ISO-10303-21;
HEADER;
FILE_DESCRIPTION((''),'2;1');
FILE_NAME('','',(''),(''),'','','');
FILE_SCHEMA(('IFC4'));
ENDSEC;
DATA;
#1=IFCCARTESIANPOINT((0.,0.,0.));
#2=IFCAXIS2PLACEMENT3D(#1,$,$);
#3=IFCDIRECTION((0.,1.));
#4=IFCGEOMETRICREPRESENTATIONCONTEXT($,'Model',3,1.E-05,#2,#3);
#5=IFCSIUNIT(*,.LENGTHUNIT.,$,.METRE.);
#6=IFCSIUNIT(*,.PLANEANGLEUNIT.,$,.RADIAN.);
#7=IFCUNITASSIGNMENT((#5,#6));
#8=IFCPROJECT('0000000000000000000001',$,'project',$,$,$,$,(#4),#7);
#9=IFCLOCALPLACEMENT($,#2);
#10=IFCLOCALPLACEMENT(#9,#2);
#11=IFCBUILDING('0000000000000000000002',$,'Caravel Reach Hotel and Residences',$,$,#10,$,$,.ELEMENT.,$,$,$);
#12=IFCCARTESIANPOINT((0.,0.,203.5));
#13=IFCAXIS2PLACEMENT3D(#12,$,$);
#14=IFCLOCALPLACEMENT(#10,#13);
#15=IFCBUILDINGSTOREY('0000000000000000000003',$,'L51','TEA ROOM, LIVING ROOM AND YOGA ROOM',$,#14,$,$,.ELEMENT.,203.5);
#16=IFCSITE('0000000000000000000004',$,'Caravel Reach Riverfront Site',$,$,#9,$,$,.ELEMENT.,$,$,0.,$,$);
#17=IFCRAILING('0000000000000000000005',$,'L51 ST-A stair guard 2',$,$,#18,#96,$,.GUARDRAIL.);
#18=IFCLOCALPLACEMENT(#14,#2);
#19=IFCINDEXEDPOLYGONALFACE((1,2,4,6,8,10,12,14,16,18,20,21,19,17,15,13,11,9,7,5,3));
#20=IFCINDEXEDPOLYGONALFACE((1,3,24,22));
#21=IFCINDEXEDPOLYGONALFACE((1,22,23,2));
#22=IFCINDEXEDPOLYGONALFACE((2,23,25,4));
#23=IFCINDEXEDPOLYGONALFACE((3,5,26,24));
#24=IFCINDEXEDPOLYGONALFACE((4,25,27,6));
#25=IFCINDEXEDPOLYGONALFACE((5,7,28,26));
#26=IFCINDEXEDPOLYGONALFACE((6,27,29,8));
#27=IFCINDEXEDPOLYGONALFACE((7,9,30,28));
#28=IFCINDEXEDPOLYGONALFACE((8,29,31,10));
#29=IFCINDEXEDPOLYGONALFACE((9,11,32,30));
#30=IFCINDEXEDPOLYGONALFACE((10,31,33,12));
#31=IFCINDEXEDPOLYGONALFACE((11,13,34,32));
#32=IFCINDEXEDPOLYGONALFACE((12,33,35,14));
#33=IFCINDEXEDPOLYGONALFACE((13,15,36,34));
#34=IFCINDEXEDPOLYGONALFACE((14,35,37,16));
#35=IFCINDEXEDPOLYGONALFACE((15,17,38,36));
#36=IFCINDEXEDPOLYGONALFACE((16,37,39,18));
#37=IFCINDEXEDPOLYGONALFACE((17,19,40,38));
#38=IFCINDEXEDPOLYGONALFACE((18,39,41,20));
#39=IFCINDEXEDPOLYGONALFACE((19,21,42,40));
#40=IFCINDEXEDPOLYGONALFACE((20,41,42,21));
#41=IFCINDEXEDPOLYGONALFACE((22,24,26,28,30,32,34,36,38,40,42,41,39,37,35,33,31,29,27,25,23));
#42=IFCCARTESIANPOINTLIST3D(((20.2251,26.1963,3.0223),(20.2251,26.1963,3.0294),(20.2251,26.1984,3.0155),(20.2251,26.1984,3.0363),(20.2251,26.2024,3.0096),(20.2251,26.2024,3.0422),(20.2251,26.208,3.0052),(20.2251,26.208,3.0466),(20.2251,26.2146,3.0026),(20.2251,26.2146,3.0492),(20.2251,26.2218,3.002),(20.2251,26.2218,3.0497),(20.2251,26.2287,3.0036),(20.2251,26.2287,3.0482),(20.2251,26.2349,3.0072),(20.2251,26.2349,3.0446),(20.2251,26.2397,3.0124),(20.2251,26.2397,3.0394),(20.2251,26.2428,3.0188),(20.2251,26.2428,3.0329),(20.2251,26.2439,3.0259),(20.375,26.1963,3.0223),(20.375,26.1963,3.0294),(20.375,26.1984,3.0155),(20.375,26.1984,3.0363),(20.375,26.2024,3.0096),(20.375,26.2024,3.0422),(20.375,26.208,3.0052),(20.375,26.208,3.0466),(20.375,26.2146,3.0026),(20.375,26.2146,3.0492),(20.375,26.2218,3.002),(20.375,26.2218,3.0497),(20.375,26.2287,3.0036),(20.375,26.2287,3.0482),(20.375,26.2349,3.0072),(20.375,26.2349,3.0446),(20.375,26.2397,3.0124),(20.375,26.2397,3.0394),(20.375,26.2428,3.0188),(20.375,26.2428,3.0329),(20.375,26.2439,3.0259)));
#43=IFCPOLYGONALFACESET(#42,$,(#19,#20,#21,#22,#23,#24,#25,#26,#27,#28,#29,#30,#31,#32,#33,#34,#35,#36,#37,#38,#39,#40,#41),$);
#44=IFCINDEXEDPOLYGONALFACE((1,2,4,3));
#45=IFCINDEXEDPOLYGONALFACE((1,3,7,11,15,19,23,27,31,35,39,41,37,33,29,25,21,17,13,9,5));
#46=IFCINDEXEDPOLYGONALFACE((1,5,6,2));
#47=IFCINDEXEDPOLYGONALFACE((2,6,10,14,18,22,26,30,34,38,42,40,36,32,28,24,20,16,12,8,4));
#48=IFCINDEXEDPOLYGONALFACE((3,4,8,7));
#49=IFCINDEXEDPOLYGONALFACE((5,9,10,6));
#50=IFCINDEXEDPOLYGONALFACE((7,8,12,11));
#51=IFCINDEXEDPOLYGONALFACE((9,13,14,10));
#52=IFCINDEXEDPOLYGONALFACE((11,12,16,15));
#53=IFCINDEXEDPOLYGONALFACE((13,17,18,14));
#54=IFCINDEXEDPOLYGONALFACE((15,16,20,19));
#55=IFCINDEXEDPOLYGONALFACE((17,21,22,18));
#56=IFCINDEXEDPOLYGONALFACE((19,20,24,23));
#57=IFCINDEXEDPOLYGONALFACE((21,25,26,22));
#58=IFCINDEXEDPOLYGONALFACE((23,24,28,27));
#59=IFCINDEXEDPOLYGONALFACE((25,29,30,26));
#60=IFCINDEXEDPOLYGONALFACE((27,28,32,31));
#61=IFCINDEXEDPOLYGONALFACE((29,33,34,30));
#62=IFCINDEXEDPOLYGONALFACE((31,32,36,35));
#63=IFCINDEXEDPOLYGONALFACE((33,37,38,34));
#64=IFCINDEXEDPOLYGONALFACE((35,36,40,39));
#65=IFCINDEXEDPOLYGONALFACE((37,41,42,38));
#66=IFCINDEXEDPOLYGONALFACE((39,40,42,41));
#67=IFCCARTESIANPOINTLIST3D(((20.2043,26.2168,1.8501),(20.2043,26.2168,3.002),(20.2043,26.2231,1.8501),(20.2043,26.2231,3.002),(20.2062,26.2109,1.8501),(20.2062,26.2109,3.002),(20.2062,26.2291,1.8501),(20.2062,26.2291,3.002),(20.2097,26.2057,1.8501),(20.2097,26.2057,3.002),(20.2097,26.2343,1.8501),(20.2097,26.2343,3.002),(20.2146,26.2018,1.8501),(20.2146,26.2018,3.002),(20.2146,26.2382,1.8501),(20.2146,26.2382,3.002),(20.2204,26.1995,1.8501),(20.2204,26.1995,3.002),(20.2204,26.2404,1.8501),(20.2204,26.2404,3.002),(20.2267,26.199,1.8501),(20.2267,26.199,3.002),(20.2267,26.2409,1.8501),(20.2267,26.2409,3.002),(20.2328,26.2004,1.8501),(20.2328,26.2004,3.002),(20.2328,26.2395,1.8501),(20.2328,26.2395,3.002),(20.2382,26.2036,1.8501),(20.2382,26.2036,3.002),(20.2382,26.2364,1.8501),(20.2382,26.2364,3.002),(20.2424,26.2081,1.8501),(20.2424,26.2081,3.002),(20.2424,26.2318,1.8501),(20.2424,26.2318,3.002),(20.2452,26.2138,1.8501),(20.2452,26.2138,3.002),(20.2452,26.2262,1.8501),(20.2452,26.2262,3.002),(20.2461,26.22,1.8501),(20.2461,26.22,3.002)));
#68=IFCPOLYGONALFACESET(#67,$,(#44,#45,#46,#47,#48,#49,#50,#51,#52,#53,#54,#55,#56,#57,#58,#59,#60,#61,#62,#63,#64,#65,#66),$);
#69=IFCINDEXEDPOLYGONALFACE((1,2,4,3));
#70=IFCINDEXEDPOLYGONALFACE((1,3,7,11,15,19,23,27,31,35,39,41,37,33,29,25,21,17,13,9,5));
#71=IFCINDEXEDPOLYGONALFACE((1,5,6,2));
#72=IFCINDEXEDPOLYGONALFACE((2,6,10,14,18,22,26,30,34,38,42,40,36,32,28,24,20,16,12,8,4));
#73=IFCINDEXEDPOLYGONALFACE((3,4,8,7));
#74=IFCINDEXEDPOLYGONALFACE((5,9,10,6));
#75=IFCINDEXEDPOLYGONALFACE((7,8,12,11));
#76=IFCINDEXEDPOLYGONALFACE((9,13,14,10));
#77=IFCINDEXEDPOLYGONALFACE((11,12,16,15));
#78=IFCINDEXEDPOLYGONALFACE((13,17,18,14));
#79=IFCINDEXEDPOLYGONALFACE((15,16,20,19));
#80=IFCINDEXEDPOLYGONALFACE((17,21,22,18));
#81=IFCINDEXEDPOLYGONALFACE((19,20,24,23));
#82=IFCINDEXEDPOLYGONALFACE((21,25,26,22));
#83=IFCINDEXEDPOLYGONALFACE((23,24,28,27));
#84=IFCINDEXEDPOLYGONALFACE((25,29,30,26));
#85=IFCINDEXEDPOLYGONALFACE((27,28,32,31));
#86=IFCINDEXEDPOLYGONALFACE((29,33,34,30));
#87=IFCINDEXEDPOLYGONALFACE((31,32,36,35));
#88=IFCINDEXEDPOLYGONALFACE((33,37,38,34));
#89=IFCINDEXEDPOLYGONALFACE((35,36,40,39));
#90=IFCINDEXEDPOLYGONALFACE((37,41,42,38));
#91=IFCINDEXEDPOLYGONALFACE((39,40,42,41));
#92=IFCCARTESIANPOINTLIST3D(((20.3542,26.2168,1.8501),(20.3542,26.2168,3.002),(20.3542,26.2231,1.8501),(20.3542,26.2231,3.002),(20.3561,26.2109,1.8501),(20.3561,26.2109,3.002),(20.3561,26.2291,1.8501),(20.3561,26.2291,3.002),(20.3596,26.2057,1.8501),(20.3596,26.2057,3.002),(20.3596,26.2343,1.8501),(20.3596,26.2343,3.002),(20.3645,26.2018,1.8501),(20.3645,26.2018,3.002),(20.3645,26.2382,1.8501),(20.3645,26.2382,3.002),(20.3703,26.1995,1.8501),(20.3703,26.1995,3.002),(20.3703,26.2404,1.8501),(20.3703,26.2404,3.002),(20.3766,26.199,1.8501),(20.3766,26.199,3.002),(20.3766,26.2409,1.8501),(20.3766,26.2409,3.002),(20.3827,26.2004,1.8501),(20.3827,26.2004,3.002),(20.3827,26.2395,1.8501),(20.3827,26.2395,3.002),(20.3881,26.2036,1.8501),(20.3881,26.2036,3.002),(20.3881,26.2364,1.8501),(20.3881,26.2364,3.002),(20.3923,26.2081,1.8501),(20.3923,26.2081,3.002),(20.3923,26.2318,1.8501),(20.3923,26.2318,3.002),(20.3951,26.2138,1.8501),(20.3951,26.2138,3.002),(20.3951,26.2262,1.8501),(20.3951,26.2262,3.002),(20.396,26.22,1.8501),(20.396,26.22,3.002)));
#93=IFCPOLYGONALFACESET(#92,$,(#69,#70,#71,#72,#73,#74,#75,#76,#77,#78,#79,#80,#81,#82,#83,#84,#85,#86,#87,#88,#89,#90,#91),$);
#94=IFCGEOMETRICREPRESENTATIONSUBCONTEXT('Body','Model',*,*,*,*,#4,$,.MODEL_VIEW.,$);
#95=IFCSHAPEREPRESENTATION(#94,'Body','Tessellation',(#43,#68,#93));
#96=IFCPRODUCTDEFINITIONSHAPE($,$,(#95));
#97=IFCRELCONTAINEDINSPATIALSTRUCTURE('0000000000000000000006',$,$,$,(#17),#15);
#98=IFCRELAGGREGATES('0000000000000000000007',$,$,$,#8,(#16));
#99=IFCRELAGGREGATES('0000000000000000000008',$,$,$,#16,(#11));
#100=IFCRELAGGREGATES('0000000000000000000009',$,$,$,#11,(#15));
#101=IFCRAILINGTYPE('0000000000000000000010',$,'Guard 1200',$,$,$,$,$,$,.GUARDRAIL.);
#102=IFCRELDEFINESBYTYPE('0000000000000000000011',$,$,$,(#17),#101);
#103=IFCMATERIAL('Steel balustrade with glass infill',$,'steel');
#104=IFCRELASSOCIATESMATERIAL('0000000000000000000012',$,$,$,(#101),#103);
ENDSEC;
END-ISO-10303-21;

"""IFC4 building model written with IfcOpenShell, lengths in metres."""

from ifc_helpers import new_model, si_unit, direction, frame, origin, origin_2d, place, context, subcontext, project, spatial, circle, extrude, material, type_object, element, save


model = new_model("IFC4")

# Units and contexts
model_context = context("Model", 3, precision=1e-05, world=origin(), true_north=direction((0.0, 1.0)))
body_context = subcontext(model_context, "Body", "Model", "MODEL_VIEW")
ifc_project = project(units=[si_unit("LENGTHUNIT", "METRE"), si_unit("PLANEANGLEUNIT", "RADIAN")], contexts=[model_context])

# Site, building, storey
site_placement = place(None, origin())
site = spatial("IfcSite", under=ifc_project, at=site_placement, Name="Caravel Reach Riverfront Site", CompositionType="ELEMENT", RefElevation=0.0)
building_placement = place(site_placement, origin())
building = spatial("IfcBuilding", under=site, at=building_placement, Name="Caravel Reach Hotel and Residences", CompositionType="ELEMENT")
storey_placement = place(building_placement, frame((0.0, 0.0, 203.5)))
storey = spatial("IfcBuildingStorey", under=building, at=storey_placement, Name="L51", Description="TEA ROOM, LIVING ROOM AND YOGA ROOM", CompositionType="ELEMENT", Elevation=203.5)

# Railing
ifc_material_1 = material(Name="Steel balustrade with glass infill", Category="steel")
railing_type_1 = type_object("IfcRailingType", Name="Guard 1200", PredefinedType="GUARDRAIL", material=ifc_material_1)
railing_1_placement = place(storey_placement, frame((20.2251, 26.22, 1.8501)))
element("IfcRailing", 1, at=railing_1_placement, inside=storey, type_object=railing_type_1, Name="L51 ST-A stair guard 2", PredefinedType="GUARDRAIL", context=body_context, shape_type="SweptSolid", body=[
    extrude(circle(Radius=0.0239, at=origin_2d()), frame((0.0, 0.0, 1.1758), z_axis=(1.0, 0.0, 0.0), x_axis=(0.0, 1.0, 0.0)), (0.0, 0.0, 1.0), 0.1499),
    extrude(circle(Radius=0.021, at=origin_2d()), origin(), (0.0, 0.0, 1.0), 1.1519),
    extrude(circle(Radius=0.021, at=origin_2d()), frame((0.1499, 0.0, 0.0)), (0.0, 0.0, 1.0), 1.1519),
])

save(model, "model.ifc")
